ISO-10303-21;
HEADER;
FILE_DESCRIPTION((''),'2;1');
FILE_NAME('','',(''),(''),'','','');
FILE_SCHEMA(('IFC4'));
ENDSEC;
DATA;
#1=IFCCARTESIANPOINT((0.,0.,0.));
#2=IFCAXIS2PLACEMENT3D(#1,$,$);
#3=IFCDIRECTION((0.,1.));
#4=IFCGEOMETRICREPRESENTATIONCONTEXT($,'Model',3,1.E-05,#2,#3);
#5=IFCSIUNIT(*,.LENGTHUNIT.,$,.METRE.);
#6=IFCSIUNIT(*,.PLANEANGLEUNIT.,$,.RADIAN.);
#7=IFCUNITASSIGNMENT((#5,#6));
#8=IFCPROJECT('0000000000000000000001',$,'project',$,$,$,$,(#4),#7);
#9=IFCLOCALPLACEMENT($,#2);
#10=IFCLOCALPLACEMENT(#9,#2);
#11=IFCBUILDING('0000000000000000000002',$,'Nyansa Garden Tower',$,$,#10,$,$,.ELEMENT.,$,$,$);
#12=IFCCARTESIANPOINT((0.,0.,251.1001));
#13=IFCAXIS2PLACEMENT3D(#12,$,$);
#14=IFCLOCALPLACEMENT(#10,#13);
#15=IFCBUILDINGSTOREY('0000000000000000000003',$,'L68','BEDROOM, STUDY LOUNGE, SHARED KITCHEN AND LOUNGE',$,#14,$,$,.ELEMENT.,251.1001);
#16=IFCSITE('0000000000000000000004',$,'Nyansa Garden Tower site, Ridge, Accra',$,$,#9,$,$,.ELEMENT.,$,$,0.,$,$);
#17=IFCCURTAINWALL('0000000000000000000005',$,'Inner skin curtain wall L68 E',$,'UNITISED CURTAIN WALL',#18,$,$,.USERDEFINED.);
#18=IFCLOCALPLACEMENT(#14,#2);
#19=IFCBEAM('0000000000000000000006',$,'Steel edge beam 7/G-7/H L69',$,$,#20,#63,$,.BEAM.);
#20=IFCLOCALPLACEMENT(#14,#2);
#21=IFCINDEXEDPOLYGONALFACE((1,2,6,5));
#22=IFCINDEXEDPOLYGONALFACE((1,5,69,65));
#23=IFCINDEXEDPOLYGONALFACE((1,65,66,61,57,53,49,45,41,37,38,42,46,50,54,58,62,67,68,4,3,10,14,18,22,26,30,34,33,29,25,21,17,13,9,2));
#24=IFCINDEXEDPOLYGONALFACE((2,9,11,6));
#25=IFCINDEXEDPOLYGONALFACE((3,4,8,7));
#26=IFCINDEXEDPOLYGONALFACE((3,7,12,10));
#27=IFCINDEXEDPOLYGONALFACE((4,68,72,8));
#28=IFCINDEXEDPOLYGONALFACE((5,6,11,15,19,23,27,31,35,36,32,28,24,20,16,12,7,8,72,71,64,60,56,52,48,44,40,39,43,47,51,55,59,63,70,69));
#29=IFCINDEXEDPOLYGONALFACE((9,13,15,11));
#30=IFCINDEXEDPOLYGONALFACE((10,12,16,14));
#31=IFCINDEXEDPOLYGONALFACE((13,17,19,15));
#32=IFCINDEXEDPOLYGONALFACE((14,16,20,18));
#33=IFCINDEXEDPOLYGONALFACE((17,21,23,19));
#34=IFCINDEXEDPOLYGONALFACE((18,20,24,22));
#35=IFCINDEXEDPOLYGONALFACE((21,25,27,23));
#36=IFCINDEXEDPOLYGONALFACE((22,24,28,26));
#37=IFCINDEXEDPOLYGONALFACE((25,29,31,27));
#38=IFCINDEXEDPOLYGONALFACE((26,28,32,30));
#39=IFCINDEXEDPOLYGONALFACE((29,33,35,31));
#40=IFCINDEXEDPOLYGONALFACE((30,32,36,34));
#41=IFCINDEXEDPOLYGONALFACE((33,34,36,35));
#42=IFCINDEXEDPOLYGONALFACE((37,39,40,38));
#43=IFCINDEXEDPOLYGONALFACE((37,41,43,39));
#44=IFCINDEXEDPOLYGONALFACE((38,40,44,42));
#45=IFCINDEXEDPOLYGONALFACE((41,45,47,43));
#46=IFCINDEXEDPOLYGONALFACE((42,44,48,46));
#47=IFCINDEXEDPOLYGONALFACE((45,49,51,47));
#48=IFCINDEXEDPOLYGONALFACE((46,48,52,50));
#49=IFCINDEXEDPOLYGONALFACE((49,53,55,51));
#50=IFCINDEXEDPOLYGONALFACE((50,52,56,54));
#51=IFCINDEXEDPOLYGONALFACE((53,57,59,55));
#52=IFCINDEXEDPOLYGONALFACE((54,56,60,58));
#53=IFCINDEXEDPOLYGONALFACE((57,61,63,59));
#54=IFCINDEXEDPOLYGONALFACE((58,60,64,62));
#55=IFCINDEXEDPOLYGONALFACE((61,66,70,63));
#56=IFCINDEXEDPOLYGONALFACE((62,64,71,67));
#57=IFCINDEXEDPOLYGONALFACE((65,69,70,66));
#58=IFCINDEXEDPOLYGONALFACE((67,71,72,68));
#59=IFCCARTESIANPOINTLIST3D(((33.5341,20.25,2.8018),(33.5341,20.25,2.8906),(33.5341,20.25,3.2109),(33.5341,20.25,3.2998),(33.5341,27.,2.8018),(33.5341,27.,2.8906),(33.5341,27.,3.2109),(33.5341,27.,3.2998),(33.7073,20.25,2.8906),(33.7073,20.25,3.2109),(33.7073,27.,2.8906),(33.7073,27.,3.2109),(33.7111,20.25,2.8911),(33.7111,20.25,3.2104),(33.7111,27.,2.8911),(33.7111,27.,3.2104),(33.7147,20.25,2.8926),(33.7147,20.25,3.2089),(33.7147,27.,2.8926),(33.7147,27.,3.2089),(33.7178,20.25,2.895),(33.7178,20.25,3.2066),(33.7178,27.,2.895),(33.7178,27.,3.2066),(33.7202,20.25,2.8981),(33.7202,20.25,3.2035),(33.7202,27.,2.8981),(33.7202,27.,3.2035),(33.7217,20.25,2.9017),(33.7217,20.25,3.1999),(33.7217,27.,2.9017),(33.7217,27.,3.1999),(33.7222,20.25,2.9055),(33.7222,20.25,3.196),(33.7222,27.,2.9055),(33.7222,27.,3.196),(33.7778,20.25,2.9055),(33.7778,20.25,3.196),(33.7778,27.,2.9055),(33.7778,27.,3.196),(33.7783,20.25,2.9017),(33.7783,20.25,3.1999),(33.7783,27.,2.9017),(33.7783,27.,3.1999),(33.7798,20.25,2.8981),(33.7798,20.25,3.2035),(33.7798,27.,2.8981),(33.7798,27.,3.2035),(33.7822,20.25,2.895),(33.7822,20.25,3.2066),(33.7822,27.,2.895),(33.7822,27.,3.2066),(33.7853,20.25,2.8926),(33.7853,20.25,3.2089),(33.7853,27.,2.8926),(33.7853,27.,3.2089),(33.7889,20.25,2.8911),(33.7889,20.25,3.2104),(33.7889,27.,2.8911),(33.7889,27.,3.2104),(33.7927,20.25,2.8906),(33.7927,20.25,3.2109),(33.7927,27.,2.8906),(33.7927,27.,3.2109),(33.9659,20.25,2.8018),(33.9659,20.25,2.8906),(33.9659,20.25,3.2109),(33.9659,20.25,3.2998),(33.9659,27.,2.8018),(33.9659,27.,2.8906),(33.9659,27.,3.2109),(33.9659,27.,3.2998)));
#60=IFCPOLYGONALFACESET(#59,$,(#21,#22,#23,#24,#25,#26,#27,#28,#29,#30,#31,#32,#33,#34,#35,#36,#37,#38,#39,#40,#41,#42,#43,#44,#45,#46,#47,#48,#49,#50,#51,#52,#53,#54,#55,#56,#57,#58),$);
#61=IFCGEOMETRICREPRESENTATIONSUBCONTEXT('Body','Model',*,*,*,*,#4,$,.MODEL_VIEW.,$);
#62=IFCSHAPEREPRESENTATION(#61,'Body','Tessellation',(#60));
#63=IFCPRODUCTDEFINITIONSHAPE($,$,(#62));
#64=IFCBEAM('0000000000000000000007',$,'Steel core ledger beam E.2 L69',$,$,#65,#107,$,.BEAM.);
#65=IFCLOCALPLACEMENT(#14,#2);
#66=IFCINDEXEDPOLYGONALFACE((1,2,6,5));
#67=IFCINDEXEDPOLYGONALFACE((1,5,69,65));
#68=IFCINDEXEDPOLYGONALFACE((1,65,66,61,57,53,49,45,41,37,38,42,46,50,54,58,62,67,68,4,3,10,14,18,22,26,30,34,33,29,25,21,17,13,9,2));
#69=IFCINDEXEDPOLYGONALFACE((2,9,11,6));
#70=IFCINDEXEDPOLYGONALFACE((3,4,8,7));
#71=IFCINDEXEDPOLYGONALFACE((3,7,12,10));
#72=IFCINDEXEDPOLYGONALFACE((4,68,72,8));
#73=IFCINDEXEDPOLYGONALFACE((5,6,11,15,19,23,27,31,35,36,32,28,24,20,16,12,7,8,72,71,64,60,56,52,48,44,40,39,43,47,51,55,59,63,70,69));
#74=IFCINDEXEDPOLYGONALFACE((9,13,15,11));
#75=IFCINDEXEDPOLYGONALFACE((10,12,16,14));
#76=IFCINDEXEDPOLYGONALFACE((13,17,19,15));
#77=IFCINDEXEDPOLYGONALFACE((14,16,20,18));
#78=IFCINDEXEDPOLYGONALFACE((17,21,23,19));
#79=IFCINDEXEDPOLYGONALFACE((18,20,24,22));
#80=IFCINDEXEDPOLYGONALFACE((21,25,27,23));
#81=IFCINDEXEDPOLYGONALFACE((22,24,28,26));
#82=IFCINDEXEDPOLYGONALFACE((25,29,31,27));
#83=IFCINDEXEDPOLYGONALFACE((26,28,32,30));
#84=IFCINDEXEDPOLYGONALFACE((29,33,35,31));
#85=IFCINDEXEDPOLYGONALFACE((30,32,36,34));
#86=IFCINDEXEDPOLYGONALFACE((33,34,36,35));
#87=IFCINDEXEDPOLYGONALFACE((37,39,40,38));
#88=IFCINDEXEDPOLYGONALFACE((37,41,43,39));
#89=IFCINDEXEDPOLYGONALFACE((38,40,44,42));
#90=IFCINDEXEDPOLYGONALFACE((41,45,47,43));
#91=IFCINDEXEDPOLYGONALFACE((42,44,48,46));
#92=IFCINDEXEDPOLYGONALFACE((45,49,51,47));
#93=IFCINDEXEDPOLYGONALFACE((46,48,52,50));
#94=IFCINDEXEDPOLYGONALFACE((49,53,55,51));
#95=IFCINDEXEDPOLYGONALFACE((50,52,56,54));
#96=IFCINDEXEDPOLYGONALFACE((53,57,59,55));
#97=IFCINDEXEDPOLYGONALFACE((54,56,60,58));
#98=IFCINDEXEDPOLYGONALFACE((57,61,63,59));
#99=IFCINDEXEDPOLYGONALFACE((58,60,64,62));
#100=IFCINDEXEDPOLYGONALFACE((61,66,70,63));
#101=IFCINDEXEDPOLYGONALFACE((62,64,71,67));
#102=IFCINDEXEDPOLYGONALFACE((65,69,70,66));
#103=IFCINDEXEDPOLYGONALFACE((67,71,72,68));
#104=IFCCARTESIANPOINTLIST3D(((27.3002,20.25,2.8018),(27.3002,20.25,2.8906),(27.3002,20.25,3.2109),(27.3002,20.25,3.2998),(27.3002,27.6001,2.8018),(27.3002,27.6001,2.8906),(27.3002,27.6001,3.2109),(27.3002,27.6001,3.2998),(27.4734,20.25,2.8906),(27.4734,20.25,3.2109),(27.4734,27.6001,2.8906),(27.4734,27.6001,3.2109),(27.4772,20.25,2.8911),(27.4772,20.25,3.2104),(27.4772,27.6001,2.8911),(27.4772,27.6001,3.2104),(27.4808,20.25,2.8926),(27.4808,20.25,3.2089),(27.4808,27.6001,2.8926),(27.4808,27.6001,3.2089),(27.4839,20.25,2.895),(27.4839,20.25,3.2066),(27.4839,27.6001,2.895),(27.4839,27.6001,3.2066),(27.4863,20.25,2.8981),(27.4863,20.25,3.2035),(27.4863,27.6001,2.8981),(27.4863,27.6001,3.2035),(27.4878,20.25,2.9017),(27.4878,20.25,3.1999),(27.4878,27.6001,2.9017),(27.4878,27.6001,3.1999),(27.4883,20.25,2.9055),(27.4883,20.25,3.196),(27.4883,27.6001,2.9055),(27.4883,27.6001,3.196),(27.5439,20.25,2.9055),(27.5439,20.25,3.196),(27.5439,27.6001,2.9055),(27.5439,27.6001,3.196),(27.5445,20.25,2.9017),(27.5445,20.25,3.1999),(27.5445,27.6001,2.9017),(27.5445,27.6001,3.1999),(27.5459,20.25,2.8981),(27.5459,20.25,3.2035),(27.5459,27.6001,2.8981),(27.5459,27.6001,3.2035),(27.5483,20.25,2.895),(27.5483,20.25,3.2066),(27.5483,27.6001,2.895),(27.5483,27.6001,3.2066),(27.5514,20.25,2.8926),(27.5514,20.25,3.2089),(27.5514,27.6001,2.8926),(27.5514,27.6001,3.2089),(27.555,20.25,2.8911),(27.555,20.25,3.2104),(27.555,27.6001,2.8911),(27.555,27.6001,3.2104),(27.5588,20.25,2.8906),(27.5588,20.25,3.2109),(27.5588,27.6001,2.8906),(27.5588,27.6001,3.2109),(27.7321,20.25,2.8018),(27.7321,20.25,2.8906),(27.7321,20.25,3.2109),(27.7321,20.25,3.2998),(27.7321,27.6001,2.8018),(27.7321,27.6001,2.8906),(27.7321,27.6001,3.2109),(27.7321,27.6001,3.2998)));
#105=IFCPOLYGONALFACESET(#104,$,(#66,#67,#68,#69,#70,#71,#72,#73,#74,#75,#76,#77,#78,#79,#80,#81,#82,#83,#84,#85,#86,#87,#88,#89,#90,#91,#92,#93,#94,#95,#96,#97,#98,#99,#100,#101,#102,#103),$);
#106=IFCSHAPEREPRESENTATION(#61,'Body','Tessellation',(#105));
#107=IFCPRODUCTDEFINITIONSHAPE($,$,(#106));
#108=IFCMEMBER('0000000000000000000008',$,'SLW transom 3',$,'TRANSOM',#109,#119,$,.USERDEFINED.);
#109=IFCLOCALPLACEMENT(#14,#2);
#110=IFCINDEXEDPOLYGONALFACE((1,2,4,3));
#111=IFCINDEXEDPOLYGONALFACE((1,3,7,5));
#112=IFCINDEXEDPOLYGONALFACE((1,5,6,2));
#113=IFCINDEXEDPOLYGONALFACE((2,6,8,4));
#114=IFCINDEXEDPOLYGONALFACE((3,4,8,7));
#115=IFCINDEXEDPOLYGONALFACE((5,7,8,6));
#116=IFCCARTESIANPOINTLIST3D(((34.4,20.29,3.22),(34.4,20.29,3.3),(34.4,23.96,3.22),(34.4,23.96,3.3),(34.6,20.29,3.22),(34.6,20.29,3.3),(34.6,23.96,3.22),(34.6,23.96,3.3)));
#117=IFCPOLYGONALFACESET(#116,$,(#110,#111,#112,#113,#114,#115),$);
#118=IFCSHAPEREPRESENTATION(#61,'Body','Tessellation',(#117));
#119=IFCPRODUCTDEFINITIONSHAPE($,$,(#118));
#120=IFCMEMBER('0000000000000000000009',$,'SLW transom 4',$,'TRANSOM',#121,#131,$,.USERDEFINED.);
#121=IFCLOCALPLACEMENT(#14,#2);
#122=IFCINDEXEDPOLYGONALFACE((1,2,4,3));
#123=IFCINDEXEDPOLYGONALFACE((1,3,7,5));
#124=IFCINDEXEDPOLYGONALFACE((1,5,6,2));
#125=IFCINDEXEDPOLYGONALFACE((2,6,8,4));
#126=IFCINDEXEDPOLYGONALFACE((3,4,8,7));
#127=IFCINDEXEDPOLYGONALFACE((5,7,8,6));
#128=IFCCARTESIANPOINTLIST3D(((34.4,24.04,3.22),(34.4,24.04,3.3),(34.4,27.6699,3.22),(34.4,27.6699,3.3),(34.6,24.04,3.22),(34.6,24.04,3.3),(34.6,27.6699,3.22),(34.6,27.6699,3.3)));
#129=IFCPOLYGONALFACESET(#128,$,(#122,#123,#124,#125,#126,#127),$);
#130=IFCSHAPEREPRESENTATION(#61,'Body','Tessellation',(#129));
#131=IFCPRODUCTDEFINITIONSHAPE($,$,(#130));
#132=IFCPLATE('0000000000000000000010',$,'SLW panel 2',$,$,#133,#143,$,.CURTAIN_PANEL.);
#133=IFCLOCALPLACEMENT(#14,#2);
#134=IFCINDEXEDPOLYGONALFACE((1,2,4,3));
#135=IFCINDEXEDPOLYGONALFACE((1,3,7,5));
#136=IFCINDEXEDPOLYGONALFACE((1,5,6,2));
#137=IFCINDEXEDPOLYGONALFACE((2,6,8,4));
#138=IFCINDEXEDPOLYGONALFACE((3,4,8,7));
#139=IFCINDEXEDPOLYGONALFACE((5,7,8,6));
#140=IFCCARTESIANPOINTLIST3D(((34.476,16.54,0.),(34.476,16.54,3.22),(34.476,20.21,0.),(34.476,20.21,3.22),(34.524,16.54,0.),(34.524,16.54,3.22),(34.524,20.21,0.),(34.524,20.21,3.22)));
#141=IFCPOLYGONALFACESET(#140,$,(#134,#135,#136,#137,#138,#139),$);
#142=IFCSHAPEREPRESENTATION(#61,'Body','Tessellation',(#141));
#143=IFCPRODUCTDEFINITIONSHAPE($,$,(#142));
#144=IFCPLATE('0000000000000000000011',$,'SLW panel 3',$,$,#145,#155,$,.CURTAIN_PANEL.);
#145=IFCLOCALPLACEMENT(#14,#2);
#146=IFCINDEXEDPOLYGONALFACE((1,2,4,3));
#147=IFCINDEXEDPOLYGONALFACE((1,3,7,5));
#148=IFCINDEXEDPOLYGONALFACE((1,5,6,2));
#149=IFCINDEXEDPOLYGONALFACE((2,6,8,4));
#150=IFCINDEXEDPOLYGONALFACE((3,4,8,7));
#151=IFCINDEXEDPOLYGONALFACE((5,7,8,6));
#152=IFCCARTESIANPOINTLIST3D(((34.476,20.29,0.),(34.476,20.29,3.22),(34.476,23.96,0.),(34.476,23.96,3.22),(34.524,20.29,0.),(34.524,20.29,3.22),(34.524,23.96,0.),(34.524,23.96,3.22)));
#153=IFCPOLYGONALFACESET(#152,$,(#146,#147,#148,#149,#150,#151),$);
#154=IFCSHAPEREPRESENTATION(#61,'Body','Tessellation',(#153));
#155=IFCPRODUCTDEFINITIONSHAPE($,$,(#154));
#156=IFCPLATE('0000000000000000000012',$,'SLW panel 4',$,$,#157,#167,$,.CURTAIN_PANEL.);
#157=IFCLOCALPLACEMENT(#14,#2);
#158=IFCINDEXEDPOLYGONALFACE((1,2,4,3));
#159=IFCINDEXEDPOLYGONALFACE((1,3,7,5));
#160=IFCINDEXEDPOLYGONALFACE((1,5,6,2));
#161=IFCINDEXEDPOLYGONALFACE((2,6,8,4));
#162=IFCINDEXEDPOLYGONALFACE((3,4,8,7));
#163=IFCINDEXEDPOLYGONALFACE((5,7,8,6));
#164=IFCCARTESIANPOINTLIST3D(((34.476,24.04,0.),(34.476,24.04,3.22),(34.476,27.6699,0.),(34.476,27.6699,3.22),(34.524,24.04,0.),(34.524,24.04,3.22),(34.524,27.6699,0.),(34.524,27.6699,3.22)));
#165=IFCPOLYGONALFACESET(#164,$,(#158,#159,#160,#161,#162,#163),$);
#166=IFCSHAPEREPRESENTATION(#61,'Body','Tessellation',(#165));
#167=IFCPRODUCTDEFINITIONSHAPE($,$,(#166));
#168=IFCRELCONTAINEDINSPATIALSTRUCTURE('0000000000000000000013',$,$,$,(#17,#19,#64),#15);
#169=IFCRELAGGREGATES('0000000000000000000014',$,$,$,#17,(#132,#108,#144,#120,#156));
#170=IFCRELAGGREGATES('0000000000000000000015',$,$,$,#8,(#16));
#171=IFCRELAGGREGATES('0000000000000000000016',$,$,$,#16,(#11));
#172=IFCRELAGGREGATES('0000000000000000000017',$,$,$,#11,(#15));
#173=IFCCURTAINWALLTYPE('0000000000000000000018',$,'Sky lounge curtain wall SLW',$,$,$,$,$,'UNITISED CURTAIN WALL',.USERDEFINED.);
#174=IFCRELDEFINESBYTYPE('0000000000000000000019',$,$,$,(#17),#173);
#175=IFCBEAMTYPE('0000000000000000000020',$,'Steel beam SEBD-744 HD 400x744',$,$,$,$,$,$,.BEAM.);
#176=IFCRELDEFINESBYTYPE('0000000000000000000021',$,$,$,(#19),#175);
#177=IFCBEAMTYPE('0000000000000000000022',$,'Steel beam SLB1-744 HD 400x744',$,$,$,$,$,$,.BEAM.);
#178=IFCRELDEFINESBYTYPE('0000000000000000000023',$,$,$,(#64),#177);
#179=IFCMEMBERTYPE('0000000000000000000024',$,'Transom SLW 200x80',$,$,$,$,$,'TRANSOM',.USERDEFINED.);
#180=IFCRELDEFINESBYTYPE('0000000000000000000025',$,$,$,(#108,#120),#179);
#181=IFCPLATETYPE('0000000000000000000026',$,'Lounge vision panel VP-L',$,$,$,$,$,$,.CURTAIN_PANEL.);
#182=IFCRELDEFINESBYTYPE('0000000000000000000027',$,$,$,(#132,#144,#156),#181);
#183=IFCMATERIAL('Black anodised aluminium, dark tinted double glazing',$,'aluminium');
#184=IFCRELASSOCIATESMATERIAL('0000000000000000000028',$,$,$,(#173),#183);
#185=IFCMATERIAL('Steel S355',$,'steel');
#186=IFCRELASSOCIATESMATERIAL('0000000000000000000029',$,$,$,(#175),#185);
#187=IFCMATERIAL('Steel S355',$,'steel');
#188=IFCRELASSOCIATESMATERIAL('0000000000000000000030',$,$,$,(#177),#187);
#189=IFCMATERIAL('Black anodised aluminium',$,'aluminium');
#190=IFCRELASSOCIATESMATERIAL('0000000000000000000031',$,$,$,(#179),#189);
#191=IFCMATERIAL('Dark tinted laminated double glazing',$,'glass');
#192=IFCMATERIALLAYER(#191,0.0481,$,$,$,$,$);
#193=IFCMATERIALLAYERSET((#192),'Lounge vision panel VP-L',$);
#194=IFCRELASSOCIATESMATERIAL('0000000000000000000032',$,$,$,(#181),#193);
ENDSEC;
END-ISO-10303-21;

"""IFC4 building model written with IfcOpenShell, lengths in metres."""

from ifc_helpers import new_model, si_unit, direction, frame, origin, origin_2d, place, context, subcontext, project, spatial, rectangle, i_section, extrude, material, layer, layer_set, material_profile, profile_set, type_object, element, aggregate, save


model = new_model("IFC4")

# Units and contexts
model_context = context("Model", 3, precision=1e-05, world=origin(), true_north=direction((0.0, 1.0)))
body_context = subcontext(model_context, "Body", "Model", "MODEL_VIEW")
ifc_project = project(units=[si_unit("LENGTHUNIT", "METRE"), si_unit("PLANEANGLEUNIT", "RADIAN")], contexts=[model_context])

# Site, building, storey
site_placement = place(None, origin())
site = spatial("IfcSite", under=ifc_project, at=site_placement, Name="Nyansa Garden Tower site, Ridge, Accra", CompositionType="ELEMENT", RefElevation=0.0)
building_placement = place(site_placement, origin())
building = spatial("IfcBuilding", under=site, at=building_placement, Name="Nyansa Garden Tower", CompositionType="ELEMENT")
storey_placement = place(building_placement, frame((0.0, 0.0, 251.1001)))
storey = spatial("IfcBuildingStorey", under=building, at=storey_placement, Name="L68", Description="BEDROOM, STUDY LOUNGE, SHARED KITCHEN AND LOUNGE", CompositionType="ELEMENT", Elevation=251.1001)

# Curtain wall
ifc_material_1 = material(Name="Black anodised aluminium, dark tinted double glazing", Category="aluminium")
curtain_wall_type = type_object("IfcCurtainWallType", Name="Sky lounge curtain wall SLW", ElementType="UNITISED CURTAIN WALL", PredefinedType="USERDEFINED", material=ifc_material_1)
curtain_wall_placement = place(storey_placement, origin())
curtain_wall = element("IfcCurtainWall", 1, at=curtain_wall_placement, inside=storey, type_object=curtain_wall_type, Name="Inner skin curtain wall L68 E", ObjectType="UNITISED CURTAIN WALL", PredefinedType="USERDEFINED")

# Beams
ifc_material_2 = material(Name="Steel S355", Category="steel")
ifc_material_profile_1 = material_profile(ifc_material_2, i_section(OverallWidth=0.4319, OverallDepth=0.498, WebThickness=0.0557, FlangeThickness=0.0889, FilletRadius=0.0149, at=origin_2d()), Name="HD 400x744")
ifc_profile_set_1 = profile_set([ifc_material_profile_1], Name="Steel S355")
beam_type_1 = type_object("IfcBeamType", Name="Steel beam SEBD-744 HD 400x744", PredefinedType="BEAM", material=ifc_profile_set_1)
beam_1_placement = place(storey_placement, frame((33.75, 20.25, 3.0508), z_axis=(0.0, 1.0, 0.0), x_axis=(-1.0, 0.0, 0.0)))
element("IfcBeam", 2, at=beam_1_placement, inside=storey, type_object=beam_type_1, Name="Steel edge beam 7/G-7/H L69", PredefinedType="BEAM", context=body_context, shape_type="SweptSolid", body=[
    extrude(i_section(OverallWidth=0.4319, OverallDepth=0.498, WebThickness=0.0557, FlangeThickness=0.0889, FilletRadius=0.0149, at=origin_2d()), origin(), (0.0, 0.0, 1.0), 6.75),
])
ifc_material_3 = material(Name="Steel S355", Category="steel")
ifc_material_profile_2 = material_profile(ifc_material_3, i_section(OverallWidth=0.4319, OverallDepth=0.498, WebThickness=0.0557, FlangeThickness=0.0889, FilletRadius=0.0149, at=origin_2d()), Name="HD 400x744")
ifc_profile_set_2 = profile_set([ifc_material_profile_2], Name="Steel S355")
beam_type_2 = type_object("IfcBeamType", Name="Steel beam SLB1-744 HD 400x744", PredefinedType="BEAM", material=ifc_profile_set_2)
beam_2_placement = place(storey_placement, frame((27.5161, 20.25, 3.0508), z_axis=(0.0, 1.0, 0.0), x_axis=(-1.0, 0.0, 0.0)))
element("IfcBeam", 3, at=beam_2_placement, inside=storey, type_object=beam_type_2, Name="Steel core ledger beam E.2 L69", PredefinedType="BEAM", context=body_context, shape_type="SweptSolid", body=[
    extrude(i_section(OverallWidth=0.4319, OverallDepth=0.498, WebThickness=0.0557, FlangeThickness=0.0889, FilletRadius=0.0149, at=origin_2d()), origin(), (0.0, 0.0, 1.0), 7.3501),
])

# Members
ifc_material_4 = material(Name="Black anodised aluminium", Category="aluminium")
ifc_material_profile_3 = material_profile(ifc_material_4, rectangle(XDim=0.2, YDim=0.0801, at=origin_2d()), Name="Transom 200x80")
ifc_profile_set_3 = profile_set([ifc_material_profile_3], Name="Black anodised aluminium")
member_type_1 = type_object("IfcMemberType", Name="Transom SLW 200x80", ElementType="TRANSOM", PredefinedType="USERDEFINED", material=ifc_profile_set_3)
member_1_placement = place(storey_placement, frame((34.5, 20.29, 3.26), z_axis=(0.0, 1.0, 0.0), x_axis=(-1.0, 0.0, 0.0)))
member_1 = element("IfcMember", 4, at=member_1_placement, type_object=member_type_1, Name="SLW transom 3", ObjectType="TRANSOM", PredefinedType="USERDEFINED", context=body_context, shape_type="SweptSolid", body=[
    extrude(rectangle(XDim=0.2, YDim=0.0801, at=origin_2d()), origin(), (0.0, 0.0, 1.0), 3.6699),
])
member_2_placement = place(storey_placement, frame((34.5, 24.04, 3.26), z_axis=(0.0, 1.0, 0.0), x_axis=(-1.0, 0.0, 0.0)))
member_2 = element("IfcMember", 5, at=member_2_placement, type_object=member_type_1, Name="SLW transom 4", ObjectType="TRANSOM", PredefinedType="USERDEFINED", context=body_context, shape_type="SweptSolid", body=[
    extrude(rectangle(XDim=0.2, YDim=0.0801, at=origin_2d()), origin(), (0.0, 0.0, 1.0), 3.6299),
])

# Plates
ifc_material_5 = material(Name="Dark tinted laminated double glazing", Category="glass")
ifc_layer_1 = layer(ifc_material_5, 0.0481)
ifc_layer_set_1 = layer_set([ifc_layer_1], Name="Lounge vision panel VP-L")
plate_type = type_object("IfcPlateType", Name="Lounge vision panel VP-L", PredefinedType="CURTAIN_PANEL", material=ifc_layer_set_1)
plate_1_placement = place(storey_placement, frame((34.5, 18.375, 0.0), z_axis=(0.0, 0.0, 1.0), x_axis=(0.0, 1.0, 0.0)))
plate_1 = element("IfcPlate", 6, at=plate_1_placement, type_object=plate_type, Name="SLW panel 2", PredefinedType="CURTAIN_PANEL", context=body_context, shape_type="SweptSolid", body=[
    extrude(rectangle(XDim=3.6699, YDim=0.0481, at=origin_2d()), origin(), (0.0, 0.0, 1.0), 3.22),
])
plate_2_placement = place(storey_placement, frame((34.5, 22.125, 0.0), z_axis=(0.0, 0.0, 1.0), x_axis=(0.0, 1.0, 0.0)))
plate_2 = element("IfcPlate", 7, at=plate_2_placement, type_object=plate_type, Name="SLW panel 3", PredefinedType="CURTAIN_PANEL", context=body_context, shape_type="SweptSolid", body=[
    extrude(rectangle(XDim=3.6699, YDim=0.0481, at=origin_2d()), origin(), (0.0, 0.0, 1.0), 3.22),
])
plate_3_placement = place(storey_placement, frame((34.5, 25.855, 0.0), z_axis=(0.0, 0.0, 1.0), x_axis=(0.0, 1.0, 0.0)))
plate_3 = element("IfcPlate", 8, at=plate_3_placement, type_object=plate_type, Name="SLW panel 4", PredefinedType="CURTAIN_PANEL", context=body_context, shape_type="SweptSolid", body=[
    extrude(rectangle(XDim=3.6299, YDim=0.0481, at=origin_2d()), origin(), (0.0, 0.0, 1.0), 3.22),
])
aggregate(curtain_wall, [plate_1, member_1, plate_2, member_2, plate_3])

save(model, "model.ifc")
